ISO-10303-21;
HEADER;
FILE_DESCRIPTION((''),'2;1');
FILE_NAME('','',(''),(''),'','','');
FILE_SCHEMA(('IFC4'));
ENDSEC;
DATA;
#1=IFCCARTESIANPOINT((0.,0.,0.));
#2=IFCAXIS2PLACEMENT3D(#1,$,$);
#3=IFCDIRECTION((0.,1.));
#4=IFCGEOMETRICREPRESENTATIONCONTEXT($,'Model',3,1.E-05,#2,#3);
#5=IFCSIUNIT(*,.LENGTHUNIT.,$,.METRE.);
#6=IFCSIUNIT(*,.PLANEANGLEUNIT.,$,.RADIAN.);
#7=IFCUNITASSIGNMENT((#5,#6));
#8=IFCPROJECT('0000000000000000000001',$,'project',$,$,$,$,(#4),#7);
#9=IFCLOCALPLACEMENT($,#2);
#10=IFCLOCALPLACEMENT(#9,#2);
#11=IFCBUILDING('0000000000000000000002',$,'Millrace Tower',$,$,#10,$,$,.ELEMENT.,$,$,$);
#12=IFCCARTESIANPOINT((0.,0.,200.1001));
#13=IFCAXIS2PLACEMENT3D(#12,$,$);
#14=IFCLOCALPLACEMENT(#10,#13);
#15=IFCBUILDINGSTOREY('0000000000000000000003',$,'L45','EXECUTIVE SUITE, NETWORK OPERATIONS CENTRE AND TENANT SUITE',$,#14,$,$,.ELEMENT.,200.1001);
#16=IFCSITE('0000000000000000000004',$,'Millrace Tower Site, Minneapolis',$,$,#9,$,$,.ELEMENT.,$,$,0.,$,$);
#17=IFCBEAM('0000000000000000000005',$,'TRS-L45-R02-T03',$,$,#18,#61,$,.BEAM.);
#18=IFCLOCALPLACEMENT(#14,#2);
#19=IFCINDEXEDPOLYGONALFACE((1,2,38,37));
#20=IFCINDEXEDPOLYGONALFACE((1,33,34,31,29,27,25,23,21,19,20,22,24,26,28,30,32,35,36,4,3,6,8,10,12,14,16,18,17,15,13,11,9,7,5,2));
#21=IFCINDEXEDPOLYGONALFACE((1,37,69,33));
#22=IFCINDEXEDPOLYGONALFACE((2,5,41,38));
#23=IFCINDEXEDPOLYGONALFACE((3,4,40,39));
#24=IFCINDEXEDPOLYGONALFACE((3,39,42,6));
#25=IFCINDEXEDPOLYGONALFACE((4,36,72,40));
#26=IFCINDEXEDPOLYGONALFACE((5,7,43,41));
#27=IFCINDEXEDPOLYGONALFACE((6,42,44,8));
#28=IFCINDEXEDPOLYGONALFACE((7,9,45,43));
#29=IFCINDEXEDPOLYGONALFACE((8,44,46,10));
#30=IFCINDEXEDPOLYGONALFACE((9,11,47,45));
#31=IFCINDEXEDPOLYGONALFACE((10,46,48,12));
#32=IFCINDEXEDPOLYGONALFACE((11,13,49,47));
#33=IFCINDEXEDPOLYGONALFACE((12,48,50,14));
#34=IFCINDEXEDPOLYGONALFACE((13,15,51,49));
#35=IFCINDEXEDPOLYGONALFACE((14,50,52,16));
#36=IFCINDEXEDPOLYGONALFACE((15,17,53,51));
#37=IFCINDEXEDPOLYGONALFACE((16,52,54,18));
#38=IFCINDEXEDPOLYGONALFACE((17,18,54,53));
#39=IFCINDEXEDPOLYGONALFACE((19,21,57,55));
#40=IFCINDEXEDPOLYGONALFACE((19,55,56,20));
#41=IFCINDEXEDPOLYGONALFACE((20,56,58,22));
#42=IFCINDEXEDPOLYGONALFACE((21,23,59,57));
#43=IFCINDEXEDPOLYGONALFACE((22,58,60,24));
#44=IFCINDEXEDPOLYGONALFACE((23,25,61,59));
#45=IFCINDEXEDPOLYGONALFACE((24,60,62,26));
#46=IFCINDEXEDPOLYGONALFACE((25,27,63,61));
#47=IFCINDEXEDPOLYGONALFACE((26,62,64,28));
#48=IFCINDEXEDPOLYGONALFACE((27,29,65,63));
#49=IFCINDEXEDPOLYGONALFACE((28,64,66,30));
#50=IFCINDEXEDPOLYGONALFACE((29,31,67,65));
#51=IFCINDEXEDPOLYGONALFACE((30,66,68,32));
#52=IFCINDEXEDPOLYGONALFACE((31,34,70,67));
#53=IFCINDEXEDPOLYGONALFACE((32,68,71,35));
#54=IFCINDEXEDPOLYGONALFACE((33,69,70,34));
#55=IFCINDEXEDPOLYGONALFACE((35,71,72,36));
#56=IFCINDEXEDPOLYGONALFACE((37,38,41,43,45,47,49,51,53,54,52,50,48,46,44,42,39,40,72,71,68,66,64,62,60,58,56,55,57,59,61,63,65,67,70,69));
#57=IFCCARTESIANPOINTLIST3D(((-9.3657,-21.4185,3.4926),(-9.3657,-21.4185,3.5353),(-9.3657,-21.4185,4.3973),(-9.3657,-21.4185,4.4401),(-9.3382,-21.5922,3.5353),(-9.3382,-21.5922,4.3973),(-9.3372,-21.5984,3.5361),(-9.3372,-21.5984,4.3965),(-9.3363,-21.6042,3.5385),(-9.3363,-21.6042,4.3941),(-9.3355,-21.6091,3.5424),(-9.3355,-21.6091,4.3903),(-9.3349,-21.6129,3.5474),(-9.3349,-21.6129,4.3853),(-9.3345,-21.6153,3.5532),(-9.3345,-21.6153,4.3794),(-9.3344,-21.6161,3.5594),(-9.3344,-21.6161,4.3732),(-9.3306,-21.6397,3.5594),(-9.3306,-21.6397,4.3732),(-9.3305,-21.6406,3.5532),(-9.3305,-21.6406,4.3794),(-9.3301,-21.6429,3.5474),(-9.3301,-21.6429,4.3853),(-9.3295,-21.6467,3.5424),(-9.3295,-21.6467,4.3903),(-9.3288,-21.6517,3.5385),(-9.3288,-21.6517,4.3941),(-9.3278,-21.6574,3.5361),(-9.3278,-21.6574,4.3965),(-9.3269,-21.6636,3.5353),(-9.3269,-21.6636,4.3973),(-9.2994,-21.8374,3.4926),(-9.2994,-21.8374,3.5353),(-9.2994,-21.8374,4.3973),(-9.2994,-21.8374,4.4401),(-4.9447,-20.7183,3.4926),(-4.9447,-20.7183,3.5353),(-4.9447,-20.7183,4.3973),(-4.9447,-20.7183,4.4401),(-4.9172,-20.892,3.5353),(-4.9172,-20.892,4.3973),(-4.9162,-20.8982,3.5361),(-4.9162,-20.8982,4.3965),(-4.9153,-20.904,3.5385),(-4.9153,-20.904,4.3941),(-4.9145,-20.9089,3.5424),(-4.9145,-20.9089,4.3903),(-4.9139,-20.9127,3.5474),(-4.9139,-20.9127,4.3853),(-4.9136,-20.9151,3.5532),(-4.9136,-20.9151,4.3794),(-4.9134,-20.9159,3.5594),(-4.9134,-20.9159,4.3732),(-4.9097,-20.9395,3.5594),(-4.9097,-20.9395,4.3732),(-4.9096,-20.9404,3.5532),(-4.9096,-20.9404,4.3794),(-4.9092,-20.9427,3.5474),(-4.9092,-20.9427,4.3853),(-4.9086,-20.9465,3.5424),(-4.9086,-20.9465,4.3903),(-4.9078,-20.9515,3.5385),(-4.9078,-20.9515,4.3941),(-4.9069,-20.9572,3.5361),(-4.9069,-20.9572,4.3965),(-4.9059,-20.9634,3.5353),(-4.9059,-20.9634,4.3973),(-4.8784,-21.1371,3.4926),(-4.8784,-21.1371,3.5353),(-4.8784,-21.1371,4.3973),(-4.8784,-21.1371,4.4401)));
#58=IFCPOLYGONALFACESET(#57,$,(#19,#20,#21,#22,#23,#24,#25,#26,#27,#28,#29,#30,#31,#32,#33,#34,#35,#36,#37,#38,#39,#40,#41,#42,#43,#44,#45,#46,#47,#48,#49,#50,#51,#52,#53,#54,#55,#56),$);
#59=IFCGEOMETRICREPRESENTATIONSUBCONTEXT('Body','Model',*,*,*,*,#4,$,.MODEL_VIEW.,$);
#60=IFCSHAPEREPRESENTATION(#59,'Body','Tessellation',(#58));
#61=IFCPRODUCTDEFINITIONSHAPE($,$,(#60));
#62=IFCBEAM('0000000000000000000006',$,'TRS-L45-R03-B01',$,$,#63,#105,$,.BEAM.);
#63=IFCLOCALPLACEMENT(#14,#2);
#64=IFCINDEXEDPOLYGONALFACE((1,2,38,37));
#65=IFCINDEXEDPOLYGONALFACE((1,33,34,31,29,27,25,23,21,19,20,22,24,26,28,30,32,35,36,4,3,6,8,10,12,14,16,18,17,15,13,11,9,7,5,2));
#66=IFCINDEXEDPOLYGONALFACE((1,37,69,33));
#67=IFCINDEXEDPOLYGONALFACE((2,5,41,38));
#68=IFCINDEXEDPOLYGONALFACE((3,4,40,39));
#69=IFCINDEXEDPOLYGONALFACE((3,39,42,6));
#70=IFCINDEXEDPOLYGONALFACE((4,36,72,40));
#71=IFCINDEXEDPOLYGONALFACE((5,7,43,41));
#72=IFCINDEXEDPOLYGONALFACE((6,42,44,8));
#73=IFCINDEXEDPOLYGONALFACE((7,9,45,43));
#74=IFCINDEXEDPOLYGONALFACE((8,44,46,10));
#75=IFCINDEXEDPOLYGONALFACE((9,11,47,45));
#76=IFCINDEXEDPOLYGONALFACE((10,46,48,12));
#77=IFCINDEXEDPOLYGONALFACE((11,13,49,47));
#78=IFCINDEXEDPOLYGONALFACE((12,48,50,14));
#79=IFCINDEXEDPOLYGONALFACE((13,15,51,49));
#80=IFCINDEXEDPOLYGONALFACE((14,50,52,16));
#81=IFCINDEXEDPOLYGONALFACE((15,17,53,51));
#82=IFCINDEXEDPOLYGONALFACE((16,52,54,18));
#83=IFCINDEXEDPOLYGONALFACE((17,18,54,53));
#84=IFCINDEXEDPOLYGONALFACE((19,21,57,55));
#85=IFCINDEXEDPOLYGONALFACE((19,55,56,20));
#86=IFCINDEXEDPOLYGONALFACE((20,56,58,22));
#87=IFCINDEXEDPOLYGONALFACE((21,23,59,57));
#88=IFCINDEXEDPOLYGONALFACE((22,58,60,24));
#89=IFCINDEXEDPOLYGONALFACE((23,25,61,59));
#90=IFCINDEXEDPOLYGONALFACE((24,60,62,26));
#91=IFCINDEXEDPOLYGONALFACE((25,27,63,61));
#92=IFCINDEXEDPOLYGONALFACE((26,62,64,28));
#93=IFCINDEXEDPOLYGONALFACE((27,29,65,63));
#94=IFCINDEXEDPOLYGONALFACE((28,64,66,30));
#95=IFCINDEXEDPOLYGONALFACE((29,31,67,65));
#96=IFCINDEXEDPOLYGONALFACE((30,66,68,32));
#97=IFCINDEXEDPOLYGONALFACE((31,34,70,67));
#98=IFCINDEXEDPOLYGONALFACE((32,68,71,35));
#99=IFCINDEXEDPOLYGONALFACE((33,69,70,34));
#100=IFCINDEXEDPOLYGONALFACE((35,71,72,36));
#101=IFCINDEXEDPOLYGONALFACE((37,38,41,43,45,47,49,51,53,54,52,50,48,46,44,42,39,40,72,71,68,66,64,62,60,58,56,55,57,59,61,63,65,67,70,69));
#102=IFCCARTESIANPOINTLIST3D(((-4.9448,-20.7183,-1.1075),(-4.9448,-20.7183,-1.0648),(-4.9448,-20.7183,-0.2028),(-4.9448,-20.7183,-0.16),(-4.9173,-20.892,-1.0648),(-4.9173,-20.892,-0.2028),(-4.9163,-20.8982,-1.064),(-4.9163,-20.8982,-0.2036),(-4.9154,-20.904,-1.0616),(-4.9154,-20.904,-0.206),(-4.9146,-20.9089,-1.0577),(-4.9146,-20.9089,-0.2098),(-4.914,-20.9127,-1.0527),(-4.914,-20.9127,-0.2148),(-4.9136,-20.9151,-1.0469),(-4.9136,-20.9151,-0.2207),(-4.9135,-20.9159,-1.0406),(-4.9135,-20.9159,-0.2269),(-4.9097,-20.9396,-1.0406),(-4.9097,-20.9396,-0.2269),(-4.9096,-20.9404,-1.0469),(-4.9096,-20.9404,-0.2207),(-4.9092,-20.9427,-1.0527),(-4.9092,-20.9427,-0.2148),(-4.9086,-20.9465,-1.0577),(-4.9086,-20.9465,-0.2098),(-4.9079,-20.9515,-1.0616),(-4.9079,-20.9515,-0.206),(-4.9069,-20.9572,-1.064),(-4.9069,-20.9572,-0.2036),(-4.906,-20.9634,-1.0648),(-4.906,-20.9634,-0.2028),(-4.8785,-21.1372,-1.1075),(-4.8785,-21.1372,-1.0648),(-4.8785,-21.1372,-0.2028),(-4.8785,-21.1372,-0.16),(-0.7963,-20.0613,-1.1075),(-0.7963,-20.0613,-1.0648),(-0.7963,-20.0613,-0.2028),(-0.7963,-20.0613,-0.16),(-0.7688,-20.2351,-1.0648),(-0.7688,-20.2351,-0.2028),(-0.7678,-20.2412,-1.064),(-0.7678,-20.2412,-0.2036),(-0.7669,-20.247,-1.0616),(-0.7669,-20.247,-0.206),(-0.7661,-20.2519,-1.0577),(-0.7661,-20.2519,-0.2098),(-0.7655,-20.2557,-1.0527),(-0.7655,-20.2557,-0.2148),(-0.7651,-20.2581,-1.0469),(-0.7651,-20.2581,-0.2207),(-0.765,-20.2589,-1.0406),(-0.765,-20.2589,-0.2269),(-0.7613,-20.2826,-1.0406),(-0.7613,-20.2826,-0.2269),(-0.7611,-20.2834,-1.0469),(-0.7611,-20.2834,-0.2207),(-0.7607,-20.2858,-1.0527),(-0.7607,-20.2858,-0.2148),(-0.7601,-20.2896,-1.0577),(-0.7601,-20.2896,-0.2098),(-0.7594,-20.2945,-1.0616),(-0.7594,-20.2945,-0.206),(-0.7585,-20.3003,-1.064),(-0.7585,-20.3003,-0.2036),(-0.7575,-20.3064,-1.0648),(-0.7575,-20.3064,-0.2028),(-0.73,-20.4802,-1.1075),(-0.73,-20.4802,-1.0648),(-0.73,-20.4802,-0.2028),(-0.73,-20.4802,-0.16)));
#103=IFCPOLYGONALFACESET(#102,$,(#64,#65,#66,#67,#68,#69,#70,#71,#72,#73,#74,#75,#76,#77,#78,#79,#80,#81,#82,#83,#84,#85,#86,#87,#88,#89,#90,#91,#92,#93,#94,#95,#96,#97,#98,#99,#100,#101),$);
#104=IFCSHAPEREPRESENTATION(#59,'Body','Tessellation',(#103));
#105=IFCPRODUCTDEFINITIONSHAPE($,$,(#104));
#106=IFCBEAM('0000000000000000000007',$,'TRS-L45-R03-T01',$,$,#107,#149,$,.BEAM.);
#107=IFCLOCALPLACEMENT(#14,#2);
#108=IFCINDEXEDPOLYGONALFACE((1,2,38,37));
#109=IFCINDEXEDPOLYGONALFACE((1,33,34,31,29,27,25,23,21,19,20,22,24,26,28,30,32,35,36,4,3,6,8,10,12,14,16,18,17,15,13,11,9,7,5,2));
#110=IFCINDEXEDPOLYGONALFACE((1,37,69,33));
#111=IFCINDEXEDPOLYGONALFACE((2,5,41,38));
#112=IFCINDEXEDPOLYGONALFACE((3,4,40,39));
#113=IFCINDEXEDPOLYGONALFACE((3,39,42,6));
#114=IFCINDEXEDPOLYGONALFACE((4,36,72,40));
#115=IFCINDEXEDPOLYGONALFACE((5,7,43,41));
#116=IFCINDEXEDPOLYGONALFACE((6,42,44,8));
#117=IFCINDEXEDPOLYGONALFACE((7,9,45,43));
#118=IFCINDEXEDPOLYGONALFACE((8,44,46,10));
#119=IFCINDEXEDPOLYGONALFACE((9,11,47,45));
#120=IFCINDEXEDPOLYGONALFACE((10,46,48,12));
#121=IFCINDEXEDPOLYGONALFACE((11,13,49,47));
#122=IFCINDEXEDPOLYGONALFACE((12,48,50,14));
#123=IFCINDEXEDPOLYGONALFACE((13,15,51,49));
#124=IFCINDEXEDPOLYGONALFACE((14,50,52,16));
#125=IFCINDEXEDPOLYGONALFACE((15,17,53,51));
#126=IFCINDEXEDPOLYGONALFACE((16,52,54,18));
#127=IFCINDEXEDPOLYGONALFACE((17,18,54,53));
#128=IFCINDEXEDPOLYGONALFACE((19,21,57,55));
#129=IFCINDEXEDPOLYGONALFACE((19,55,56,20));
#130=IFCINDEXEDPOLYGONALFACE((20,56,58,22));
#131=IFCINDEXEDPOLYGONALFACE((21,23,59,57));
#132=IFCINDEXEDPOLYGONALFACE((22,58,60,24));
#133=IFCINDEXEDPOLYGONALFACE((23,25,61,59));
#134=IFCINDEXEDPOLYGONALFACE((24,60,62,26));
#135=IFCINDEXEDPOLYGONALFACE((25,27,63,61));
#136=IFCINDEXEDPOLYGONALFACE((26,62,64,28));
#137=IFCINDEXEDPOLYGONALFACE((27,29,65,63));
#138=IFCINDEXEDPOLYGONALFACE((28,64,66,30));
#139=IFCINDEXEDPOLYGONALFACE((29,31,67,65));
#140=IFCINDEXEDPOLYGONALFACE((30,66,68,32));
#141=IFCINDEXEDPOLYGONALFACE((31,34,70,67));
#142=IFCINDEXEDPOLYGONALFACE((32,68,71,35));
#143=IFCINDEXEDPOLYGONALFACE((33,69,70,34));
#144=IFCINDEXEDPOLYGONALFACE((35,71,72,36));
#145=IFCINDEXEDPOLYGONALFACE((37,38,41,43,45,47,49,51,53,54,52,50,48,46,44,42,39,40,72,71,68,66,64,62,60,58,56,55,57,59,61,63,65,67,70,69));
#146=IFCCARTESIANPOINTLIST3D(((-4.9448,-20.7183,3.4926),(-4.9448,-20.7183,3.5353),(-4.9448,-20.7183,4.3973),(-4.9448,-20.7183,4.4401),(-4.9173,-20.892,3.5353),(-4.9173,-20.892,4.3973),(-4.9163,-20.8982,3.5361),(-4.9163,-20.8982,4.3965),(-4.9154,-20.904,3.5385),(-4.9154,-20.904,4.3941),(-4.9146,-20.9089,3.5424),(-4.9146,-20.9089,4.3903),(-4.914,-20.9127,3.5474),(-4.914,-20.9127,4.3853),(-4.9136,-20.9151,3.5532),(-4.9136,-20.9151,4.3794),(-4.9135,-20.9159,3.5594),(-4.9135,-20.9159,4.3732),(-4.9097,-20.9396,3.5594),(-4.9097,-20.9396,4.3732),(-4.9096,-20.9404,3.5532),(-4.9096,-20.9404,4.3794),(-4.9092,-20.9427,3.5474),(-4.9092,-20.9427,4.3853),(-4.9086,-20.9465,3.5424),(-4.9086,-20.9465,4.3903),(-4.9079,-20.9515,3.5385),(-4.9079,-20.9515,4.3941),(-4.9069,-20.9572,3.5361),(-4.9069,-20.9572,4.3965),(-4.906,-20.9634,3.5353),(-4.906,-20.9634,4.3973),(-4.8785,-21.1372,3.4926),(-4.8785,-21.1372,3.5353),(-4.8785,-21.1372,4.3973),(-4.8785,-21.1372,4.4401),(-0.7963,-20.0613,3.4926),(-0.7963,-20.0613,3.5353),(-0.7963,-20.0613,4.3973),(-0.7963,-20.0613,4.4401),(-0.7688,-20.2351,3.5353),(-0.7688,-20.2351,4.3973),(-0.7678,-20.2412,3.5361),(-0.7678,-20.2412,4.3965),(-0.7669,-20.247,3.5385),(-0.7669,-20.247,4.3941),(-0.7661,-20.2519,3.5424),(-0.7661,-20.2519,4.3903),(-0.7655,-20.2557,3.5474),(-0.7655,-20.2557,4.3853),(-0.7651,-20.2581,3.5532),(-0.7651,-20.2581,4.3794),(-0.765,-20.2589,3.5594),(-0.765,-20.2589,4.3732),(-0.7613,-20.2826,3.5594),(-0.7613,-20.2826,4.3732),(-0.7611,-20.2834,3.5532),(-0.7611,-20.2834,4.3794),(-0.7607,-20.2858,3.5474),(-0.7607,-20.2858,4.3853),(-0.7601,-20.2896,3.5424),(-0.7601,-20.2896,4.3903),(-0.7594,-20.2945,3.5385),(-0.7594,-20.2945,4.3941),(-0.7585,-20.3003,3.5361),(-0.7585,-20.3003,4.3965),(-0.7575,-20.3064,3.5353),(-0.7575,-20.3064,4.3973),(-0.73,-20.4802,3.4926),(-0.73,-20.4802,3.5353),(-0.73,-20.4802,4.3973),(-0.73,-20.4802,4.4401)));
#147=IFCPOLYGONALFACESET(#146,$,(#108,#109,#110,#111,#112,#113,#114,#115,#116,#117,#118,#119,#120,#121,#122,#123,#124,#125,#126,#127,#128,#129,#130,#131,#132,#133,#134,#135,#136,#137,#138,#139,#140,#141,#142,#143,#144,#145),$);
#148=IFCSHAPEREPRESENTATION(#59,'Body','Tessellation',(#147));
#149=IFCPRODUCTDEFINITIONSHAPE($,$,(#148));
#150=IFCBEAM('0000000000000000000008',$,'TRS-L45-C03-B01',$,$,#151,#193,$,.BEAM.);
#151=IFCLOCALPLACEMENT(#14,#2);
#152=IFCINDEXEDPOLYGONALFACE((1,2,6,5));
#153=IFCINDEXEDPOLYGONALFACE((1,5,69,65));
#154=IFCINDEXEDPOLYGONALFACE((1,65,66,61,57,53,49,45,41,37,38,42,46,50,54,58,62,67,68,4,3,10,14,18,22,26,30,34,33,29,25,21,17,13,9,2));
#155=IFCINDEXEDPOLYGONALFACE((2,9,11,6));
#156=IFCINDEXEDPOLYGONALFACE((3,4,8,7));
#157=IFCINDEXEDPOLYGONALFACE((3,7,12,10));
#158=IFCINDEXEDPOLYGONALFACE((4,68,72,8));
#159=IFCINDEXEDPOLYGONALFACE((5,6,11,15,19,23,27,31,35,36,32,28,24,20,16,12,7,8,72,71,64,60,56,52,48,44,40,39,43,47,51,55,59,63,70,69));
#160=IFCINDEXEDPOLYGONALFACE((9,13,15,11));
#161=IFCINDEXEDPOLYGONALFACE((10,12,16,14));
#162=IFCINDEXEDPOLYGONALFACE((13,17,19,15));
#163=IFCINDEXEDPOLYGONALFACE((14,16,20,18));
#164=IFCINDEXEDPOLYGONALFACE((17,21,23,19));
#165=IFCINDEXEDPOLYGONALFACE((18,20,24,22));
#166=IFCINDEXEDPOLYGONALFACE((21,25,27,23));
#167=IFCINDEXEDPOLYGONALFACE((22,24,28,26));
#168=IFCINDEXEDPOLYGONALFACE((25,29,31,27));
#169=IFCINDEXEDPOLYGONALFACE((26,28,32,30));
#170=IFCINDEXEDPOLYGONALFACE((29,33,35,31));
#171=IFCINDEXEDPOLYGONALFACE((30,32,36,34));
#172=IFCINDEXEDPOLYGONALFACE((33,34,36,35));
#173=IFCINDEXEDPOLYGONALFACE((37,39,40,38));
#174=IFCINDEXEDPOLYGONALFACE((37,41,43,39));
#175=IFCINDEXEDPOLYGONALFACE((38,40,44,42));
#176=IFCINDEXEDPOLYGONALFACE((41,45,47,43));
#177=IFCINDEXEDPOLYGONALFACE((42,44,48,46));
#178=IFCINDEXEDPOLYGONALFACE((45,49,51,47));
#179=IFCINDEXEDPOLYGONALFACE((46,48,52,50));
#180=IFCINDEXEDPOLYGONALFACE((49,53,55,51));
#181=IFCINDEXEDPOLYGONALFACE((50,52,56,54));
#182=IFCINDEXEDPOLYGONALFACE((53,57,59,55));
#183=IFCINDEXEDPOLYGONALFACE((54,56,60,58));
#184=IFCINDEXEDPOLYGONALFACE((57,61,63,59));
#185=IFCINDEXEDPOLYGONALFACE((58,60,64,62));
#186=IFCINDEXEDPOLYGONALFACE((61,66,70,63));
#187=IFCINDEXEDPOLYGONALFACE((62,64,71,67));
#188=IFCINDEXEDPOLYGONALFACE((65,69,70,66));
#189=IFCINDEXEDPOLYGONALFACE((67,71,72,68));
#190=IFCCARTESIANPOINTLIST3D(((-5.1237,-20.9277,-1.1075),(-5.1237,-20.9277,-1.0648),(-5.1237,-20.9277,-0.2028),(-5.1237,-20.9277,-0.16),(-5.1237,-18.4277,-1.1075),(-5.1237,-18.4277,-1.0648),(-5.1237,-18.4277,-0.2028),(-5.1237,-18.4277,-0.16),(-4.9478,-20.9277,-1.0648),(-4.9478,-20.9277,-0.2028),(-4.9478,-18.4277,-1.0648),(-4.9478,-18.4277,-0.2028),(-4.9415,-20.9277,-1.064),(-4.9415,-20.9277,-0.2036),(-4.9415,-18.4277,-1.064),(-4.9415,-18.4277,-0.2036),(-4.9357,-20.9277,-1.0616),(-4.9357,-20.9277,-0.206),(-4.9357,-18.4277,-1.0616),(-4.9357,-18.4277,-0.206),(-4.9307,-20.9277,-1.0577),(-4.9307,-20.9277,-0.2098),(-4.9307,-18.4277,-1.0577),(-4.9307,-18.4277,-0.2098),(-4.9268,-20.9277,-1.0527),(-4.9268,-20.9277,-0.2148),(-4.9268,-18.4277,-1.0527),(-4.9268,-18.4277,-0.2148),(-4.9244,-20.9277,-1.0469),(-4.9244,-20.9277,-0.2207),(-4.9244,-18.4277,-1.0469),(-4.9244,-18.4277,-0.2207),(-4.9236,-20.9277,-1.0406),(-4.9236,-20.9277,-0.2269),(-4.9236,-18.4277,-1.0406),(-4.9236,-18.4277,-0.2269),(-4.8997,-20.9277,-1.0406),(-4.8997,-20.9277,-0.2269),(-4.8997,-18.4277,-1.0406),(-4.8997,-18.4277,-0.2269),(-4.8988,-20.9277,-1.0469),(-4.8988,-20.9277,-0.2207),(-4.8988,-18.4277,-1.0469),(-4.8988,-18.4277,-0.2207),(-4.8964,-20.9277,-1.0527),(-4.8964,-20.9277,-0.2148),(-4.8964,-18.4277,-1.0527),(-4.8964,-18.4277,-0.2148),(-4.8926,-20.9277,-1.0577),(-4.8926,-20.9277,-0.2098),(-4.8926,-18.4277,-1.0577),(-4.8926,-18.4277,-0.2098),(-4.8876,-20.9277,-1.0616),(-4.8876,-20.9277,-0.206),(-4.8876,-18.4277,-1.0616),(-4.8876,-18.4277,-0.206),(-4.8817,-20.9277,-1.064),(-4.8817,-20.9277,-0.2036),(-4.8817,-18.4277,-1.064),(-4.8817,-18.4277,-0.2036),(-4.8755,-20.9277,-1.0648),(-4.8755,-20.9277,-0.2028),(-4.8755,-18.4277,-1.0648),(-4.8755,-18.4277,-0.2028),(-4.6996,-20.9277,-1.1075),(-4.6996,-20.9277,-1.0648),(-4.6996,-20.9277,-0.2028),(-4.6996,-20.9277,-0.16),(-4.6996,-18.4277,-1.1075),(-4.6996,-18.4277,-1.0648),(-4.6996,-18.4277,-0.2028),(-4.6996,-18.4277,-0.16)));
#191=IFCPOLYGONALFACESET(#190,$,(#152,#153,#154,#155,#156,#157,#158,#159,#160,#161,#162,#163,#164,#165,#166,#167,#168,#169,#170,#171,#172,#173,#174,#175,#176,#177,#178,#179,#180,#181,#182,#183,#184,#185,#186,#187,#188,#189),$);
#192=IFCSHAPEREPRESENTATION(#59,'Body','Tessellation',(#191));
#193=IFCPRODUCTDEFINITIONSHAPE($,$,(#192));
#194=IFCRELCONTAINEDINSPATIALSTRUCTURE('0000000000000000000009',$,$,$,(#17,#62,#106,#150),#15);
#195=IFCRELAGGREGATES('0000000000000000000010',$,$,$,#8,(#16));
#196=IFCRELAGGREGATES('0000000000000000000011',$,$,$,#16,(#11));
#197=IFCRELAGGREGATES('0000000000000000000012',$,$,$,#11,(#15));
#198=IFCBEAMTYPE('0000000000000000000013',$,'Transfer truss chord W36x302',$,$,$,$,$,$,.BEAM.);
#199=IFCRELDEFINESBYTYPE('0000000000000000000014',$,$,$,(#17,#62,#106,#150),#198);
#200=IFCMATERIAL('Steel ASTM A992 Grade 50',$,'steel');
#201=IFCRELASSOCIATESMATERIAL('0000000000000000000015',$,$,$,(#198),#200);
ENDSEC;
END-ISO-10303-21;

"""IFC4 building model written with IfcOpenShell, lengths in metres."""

from ifc_helpers import new_model, si_unit, direction, frame, origin, origin_2d, place, context, subcontext, project, spatial, i_section, extrude, material, material_profile, profile_set, type_object, element, save


model = new_model("IFC4")

# Units and contexts
model_context = context("Model", 3, precision=1e-05, world=origin(), true_north=direction((0.0, 1.0)))
body_context = subcontext(model_context, "Body", "Model", "MODEL_VIEW")
ifc_project = project(units=[si_unit("LENGTHUNIT", "METRE"), si_unit("PLANEANGLEUNIT", "RADIAN")], contexts=[model_context])

# Site, building, storey
site_placement = place(None, origin())
site = spatial("IfcSite", under=ifc_project, at=site_placement, Name="Millrace Tower Site, Minneapolis", CompositionType="ELEMENT", RefElevation=0.0)
building_placement = place(site_placement, origin())
building = spatial("IfcBuilding", under=site, at=building_placement, Name="Millrace Tower", CompositionType="ELEMENT")
storey_placement = place(building_placement, frame((0.0, 0.0, 200.1001)))
storey = spatial("IfcBuildingStorey", under=building, at=storey_placement, Name="L45", Description="EXECUTIVE SUITE, NETWORK OPERATIONS CENTRE AND TENANT SUITE", CompositionType="ELEMENT", Elevation=200.1001)

# Beams
ifc_material_1 = material(Name="Steel ASTM A992 Grade 50", Category="steel")
ifc_material_profile_1 = material_profile(ifc_material_1, i_section(OverallWidth=0.4241, OverallDepth=0.9475, WebThickness=0.0239, FlangeThickness=0.0427, FilletRadius=0.0242, at=origin_2d()))
ifc_profile_set_1 = profile_set([ifc_material_profile_1], Name="Steel ASTM A992 Grade 50")
beam_type_1 = type_object("IfcBeamType", Name="Transfer truss chord W36x302", PredefinedType="BEAM", material=ifc_profile_set_1)
for number, where, z_axis, x_axis, name in (
    (1, (-9.3325, -21.6279, 3.9663), (0.987689, 0.156433, 0.0), (-0.156433, 0.987689, 0.0), "TRS-L45-R02-T03"),
):
    element("IfcBeam", number, at=place(storey_placement, frame(where, z_axis=z_axis, x_axis=x_axis)), inside=storey, type_object=beam_type_1, Name=name, PredefinedType="BEAM", context=body_context, shape_type="SweptSolid", body=[
        extrude(i_section(OverallWidth=0.4241, OverallDepth=0.9475, WebThickness=0.0239, FlangeThickness=0.0427, FilletRadius=0.0242, at=origin_2d()), origin(), (0.0, 0.0, 1.0), 4.4761),
    ])
for number, where, z_axis, x_axis, name in (
    (2, (-4.9116, -20.9277, -0.6338), (0.987691, 0.156419, 0.0), (-0.156419, 0.987691, 0.0), "TRS-L45-R03-B01"),
    (3, (-4.9116, -20.9277, 3.9663), (0.987691, 0.156419, 0.0), (-0.156419, 0.987691, 0.0), "TRS-L45-R03-T01"),
):
    element("IfcBeam", number, at=place(storey_placement, frame(where, z_axis=z_axis, x_axis=x_axis)), inside=storey, type_object=beam_type_1, Name=name, PredefinedType="BEAM", context=body_context, shape_type="SweptSolid", body=[
        extrude(i_section(OverallWidth=0.4241, OverallDepth=0.9475, WebThickness=0.0239, FlangeThickness=0.0427, FilletRadius=0.0242, at=origin_2d()), origin(), (0.0, 0.0, 1.0), 4.2002),
    ])
beam_1_placement = place(storey_placement, frame((-4.9116, -20.9277, -0.6338), z_axis=(0.0, 1.0, 0.0), x_axis=(-1.0, 0.0, 0.0)))
element("IfcBeam", 4, at=beam_1_placement, inside=storey, type_object=beam_type_1, Name="TRS-L45-C03-B01", PredefinedType="BEAM", context=body_context, shape_type="SweptSolid", body=[
    extrude(i_section(OverallWidth=0.4241, OverallDepth=0.9475, WebThickness=0.0239, FlangeThickness=0.0427, FilletRadius=0.0242, at=origin_2d()), origin(), (0.0, 0.0, 1.0), 2.5),
])

save(model, "model.ifc")
